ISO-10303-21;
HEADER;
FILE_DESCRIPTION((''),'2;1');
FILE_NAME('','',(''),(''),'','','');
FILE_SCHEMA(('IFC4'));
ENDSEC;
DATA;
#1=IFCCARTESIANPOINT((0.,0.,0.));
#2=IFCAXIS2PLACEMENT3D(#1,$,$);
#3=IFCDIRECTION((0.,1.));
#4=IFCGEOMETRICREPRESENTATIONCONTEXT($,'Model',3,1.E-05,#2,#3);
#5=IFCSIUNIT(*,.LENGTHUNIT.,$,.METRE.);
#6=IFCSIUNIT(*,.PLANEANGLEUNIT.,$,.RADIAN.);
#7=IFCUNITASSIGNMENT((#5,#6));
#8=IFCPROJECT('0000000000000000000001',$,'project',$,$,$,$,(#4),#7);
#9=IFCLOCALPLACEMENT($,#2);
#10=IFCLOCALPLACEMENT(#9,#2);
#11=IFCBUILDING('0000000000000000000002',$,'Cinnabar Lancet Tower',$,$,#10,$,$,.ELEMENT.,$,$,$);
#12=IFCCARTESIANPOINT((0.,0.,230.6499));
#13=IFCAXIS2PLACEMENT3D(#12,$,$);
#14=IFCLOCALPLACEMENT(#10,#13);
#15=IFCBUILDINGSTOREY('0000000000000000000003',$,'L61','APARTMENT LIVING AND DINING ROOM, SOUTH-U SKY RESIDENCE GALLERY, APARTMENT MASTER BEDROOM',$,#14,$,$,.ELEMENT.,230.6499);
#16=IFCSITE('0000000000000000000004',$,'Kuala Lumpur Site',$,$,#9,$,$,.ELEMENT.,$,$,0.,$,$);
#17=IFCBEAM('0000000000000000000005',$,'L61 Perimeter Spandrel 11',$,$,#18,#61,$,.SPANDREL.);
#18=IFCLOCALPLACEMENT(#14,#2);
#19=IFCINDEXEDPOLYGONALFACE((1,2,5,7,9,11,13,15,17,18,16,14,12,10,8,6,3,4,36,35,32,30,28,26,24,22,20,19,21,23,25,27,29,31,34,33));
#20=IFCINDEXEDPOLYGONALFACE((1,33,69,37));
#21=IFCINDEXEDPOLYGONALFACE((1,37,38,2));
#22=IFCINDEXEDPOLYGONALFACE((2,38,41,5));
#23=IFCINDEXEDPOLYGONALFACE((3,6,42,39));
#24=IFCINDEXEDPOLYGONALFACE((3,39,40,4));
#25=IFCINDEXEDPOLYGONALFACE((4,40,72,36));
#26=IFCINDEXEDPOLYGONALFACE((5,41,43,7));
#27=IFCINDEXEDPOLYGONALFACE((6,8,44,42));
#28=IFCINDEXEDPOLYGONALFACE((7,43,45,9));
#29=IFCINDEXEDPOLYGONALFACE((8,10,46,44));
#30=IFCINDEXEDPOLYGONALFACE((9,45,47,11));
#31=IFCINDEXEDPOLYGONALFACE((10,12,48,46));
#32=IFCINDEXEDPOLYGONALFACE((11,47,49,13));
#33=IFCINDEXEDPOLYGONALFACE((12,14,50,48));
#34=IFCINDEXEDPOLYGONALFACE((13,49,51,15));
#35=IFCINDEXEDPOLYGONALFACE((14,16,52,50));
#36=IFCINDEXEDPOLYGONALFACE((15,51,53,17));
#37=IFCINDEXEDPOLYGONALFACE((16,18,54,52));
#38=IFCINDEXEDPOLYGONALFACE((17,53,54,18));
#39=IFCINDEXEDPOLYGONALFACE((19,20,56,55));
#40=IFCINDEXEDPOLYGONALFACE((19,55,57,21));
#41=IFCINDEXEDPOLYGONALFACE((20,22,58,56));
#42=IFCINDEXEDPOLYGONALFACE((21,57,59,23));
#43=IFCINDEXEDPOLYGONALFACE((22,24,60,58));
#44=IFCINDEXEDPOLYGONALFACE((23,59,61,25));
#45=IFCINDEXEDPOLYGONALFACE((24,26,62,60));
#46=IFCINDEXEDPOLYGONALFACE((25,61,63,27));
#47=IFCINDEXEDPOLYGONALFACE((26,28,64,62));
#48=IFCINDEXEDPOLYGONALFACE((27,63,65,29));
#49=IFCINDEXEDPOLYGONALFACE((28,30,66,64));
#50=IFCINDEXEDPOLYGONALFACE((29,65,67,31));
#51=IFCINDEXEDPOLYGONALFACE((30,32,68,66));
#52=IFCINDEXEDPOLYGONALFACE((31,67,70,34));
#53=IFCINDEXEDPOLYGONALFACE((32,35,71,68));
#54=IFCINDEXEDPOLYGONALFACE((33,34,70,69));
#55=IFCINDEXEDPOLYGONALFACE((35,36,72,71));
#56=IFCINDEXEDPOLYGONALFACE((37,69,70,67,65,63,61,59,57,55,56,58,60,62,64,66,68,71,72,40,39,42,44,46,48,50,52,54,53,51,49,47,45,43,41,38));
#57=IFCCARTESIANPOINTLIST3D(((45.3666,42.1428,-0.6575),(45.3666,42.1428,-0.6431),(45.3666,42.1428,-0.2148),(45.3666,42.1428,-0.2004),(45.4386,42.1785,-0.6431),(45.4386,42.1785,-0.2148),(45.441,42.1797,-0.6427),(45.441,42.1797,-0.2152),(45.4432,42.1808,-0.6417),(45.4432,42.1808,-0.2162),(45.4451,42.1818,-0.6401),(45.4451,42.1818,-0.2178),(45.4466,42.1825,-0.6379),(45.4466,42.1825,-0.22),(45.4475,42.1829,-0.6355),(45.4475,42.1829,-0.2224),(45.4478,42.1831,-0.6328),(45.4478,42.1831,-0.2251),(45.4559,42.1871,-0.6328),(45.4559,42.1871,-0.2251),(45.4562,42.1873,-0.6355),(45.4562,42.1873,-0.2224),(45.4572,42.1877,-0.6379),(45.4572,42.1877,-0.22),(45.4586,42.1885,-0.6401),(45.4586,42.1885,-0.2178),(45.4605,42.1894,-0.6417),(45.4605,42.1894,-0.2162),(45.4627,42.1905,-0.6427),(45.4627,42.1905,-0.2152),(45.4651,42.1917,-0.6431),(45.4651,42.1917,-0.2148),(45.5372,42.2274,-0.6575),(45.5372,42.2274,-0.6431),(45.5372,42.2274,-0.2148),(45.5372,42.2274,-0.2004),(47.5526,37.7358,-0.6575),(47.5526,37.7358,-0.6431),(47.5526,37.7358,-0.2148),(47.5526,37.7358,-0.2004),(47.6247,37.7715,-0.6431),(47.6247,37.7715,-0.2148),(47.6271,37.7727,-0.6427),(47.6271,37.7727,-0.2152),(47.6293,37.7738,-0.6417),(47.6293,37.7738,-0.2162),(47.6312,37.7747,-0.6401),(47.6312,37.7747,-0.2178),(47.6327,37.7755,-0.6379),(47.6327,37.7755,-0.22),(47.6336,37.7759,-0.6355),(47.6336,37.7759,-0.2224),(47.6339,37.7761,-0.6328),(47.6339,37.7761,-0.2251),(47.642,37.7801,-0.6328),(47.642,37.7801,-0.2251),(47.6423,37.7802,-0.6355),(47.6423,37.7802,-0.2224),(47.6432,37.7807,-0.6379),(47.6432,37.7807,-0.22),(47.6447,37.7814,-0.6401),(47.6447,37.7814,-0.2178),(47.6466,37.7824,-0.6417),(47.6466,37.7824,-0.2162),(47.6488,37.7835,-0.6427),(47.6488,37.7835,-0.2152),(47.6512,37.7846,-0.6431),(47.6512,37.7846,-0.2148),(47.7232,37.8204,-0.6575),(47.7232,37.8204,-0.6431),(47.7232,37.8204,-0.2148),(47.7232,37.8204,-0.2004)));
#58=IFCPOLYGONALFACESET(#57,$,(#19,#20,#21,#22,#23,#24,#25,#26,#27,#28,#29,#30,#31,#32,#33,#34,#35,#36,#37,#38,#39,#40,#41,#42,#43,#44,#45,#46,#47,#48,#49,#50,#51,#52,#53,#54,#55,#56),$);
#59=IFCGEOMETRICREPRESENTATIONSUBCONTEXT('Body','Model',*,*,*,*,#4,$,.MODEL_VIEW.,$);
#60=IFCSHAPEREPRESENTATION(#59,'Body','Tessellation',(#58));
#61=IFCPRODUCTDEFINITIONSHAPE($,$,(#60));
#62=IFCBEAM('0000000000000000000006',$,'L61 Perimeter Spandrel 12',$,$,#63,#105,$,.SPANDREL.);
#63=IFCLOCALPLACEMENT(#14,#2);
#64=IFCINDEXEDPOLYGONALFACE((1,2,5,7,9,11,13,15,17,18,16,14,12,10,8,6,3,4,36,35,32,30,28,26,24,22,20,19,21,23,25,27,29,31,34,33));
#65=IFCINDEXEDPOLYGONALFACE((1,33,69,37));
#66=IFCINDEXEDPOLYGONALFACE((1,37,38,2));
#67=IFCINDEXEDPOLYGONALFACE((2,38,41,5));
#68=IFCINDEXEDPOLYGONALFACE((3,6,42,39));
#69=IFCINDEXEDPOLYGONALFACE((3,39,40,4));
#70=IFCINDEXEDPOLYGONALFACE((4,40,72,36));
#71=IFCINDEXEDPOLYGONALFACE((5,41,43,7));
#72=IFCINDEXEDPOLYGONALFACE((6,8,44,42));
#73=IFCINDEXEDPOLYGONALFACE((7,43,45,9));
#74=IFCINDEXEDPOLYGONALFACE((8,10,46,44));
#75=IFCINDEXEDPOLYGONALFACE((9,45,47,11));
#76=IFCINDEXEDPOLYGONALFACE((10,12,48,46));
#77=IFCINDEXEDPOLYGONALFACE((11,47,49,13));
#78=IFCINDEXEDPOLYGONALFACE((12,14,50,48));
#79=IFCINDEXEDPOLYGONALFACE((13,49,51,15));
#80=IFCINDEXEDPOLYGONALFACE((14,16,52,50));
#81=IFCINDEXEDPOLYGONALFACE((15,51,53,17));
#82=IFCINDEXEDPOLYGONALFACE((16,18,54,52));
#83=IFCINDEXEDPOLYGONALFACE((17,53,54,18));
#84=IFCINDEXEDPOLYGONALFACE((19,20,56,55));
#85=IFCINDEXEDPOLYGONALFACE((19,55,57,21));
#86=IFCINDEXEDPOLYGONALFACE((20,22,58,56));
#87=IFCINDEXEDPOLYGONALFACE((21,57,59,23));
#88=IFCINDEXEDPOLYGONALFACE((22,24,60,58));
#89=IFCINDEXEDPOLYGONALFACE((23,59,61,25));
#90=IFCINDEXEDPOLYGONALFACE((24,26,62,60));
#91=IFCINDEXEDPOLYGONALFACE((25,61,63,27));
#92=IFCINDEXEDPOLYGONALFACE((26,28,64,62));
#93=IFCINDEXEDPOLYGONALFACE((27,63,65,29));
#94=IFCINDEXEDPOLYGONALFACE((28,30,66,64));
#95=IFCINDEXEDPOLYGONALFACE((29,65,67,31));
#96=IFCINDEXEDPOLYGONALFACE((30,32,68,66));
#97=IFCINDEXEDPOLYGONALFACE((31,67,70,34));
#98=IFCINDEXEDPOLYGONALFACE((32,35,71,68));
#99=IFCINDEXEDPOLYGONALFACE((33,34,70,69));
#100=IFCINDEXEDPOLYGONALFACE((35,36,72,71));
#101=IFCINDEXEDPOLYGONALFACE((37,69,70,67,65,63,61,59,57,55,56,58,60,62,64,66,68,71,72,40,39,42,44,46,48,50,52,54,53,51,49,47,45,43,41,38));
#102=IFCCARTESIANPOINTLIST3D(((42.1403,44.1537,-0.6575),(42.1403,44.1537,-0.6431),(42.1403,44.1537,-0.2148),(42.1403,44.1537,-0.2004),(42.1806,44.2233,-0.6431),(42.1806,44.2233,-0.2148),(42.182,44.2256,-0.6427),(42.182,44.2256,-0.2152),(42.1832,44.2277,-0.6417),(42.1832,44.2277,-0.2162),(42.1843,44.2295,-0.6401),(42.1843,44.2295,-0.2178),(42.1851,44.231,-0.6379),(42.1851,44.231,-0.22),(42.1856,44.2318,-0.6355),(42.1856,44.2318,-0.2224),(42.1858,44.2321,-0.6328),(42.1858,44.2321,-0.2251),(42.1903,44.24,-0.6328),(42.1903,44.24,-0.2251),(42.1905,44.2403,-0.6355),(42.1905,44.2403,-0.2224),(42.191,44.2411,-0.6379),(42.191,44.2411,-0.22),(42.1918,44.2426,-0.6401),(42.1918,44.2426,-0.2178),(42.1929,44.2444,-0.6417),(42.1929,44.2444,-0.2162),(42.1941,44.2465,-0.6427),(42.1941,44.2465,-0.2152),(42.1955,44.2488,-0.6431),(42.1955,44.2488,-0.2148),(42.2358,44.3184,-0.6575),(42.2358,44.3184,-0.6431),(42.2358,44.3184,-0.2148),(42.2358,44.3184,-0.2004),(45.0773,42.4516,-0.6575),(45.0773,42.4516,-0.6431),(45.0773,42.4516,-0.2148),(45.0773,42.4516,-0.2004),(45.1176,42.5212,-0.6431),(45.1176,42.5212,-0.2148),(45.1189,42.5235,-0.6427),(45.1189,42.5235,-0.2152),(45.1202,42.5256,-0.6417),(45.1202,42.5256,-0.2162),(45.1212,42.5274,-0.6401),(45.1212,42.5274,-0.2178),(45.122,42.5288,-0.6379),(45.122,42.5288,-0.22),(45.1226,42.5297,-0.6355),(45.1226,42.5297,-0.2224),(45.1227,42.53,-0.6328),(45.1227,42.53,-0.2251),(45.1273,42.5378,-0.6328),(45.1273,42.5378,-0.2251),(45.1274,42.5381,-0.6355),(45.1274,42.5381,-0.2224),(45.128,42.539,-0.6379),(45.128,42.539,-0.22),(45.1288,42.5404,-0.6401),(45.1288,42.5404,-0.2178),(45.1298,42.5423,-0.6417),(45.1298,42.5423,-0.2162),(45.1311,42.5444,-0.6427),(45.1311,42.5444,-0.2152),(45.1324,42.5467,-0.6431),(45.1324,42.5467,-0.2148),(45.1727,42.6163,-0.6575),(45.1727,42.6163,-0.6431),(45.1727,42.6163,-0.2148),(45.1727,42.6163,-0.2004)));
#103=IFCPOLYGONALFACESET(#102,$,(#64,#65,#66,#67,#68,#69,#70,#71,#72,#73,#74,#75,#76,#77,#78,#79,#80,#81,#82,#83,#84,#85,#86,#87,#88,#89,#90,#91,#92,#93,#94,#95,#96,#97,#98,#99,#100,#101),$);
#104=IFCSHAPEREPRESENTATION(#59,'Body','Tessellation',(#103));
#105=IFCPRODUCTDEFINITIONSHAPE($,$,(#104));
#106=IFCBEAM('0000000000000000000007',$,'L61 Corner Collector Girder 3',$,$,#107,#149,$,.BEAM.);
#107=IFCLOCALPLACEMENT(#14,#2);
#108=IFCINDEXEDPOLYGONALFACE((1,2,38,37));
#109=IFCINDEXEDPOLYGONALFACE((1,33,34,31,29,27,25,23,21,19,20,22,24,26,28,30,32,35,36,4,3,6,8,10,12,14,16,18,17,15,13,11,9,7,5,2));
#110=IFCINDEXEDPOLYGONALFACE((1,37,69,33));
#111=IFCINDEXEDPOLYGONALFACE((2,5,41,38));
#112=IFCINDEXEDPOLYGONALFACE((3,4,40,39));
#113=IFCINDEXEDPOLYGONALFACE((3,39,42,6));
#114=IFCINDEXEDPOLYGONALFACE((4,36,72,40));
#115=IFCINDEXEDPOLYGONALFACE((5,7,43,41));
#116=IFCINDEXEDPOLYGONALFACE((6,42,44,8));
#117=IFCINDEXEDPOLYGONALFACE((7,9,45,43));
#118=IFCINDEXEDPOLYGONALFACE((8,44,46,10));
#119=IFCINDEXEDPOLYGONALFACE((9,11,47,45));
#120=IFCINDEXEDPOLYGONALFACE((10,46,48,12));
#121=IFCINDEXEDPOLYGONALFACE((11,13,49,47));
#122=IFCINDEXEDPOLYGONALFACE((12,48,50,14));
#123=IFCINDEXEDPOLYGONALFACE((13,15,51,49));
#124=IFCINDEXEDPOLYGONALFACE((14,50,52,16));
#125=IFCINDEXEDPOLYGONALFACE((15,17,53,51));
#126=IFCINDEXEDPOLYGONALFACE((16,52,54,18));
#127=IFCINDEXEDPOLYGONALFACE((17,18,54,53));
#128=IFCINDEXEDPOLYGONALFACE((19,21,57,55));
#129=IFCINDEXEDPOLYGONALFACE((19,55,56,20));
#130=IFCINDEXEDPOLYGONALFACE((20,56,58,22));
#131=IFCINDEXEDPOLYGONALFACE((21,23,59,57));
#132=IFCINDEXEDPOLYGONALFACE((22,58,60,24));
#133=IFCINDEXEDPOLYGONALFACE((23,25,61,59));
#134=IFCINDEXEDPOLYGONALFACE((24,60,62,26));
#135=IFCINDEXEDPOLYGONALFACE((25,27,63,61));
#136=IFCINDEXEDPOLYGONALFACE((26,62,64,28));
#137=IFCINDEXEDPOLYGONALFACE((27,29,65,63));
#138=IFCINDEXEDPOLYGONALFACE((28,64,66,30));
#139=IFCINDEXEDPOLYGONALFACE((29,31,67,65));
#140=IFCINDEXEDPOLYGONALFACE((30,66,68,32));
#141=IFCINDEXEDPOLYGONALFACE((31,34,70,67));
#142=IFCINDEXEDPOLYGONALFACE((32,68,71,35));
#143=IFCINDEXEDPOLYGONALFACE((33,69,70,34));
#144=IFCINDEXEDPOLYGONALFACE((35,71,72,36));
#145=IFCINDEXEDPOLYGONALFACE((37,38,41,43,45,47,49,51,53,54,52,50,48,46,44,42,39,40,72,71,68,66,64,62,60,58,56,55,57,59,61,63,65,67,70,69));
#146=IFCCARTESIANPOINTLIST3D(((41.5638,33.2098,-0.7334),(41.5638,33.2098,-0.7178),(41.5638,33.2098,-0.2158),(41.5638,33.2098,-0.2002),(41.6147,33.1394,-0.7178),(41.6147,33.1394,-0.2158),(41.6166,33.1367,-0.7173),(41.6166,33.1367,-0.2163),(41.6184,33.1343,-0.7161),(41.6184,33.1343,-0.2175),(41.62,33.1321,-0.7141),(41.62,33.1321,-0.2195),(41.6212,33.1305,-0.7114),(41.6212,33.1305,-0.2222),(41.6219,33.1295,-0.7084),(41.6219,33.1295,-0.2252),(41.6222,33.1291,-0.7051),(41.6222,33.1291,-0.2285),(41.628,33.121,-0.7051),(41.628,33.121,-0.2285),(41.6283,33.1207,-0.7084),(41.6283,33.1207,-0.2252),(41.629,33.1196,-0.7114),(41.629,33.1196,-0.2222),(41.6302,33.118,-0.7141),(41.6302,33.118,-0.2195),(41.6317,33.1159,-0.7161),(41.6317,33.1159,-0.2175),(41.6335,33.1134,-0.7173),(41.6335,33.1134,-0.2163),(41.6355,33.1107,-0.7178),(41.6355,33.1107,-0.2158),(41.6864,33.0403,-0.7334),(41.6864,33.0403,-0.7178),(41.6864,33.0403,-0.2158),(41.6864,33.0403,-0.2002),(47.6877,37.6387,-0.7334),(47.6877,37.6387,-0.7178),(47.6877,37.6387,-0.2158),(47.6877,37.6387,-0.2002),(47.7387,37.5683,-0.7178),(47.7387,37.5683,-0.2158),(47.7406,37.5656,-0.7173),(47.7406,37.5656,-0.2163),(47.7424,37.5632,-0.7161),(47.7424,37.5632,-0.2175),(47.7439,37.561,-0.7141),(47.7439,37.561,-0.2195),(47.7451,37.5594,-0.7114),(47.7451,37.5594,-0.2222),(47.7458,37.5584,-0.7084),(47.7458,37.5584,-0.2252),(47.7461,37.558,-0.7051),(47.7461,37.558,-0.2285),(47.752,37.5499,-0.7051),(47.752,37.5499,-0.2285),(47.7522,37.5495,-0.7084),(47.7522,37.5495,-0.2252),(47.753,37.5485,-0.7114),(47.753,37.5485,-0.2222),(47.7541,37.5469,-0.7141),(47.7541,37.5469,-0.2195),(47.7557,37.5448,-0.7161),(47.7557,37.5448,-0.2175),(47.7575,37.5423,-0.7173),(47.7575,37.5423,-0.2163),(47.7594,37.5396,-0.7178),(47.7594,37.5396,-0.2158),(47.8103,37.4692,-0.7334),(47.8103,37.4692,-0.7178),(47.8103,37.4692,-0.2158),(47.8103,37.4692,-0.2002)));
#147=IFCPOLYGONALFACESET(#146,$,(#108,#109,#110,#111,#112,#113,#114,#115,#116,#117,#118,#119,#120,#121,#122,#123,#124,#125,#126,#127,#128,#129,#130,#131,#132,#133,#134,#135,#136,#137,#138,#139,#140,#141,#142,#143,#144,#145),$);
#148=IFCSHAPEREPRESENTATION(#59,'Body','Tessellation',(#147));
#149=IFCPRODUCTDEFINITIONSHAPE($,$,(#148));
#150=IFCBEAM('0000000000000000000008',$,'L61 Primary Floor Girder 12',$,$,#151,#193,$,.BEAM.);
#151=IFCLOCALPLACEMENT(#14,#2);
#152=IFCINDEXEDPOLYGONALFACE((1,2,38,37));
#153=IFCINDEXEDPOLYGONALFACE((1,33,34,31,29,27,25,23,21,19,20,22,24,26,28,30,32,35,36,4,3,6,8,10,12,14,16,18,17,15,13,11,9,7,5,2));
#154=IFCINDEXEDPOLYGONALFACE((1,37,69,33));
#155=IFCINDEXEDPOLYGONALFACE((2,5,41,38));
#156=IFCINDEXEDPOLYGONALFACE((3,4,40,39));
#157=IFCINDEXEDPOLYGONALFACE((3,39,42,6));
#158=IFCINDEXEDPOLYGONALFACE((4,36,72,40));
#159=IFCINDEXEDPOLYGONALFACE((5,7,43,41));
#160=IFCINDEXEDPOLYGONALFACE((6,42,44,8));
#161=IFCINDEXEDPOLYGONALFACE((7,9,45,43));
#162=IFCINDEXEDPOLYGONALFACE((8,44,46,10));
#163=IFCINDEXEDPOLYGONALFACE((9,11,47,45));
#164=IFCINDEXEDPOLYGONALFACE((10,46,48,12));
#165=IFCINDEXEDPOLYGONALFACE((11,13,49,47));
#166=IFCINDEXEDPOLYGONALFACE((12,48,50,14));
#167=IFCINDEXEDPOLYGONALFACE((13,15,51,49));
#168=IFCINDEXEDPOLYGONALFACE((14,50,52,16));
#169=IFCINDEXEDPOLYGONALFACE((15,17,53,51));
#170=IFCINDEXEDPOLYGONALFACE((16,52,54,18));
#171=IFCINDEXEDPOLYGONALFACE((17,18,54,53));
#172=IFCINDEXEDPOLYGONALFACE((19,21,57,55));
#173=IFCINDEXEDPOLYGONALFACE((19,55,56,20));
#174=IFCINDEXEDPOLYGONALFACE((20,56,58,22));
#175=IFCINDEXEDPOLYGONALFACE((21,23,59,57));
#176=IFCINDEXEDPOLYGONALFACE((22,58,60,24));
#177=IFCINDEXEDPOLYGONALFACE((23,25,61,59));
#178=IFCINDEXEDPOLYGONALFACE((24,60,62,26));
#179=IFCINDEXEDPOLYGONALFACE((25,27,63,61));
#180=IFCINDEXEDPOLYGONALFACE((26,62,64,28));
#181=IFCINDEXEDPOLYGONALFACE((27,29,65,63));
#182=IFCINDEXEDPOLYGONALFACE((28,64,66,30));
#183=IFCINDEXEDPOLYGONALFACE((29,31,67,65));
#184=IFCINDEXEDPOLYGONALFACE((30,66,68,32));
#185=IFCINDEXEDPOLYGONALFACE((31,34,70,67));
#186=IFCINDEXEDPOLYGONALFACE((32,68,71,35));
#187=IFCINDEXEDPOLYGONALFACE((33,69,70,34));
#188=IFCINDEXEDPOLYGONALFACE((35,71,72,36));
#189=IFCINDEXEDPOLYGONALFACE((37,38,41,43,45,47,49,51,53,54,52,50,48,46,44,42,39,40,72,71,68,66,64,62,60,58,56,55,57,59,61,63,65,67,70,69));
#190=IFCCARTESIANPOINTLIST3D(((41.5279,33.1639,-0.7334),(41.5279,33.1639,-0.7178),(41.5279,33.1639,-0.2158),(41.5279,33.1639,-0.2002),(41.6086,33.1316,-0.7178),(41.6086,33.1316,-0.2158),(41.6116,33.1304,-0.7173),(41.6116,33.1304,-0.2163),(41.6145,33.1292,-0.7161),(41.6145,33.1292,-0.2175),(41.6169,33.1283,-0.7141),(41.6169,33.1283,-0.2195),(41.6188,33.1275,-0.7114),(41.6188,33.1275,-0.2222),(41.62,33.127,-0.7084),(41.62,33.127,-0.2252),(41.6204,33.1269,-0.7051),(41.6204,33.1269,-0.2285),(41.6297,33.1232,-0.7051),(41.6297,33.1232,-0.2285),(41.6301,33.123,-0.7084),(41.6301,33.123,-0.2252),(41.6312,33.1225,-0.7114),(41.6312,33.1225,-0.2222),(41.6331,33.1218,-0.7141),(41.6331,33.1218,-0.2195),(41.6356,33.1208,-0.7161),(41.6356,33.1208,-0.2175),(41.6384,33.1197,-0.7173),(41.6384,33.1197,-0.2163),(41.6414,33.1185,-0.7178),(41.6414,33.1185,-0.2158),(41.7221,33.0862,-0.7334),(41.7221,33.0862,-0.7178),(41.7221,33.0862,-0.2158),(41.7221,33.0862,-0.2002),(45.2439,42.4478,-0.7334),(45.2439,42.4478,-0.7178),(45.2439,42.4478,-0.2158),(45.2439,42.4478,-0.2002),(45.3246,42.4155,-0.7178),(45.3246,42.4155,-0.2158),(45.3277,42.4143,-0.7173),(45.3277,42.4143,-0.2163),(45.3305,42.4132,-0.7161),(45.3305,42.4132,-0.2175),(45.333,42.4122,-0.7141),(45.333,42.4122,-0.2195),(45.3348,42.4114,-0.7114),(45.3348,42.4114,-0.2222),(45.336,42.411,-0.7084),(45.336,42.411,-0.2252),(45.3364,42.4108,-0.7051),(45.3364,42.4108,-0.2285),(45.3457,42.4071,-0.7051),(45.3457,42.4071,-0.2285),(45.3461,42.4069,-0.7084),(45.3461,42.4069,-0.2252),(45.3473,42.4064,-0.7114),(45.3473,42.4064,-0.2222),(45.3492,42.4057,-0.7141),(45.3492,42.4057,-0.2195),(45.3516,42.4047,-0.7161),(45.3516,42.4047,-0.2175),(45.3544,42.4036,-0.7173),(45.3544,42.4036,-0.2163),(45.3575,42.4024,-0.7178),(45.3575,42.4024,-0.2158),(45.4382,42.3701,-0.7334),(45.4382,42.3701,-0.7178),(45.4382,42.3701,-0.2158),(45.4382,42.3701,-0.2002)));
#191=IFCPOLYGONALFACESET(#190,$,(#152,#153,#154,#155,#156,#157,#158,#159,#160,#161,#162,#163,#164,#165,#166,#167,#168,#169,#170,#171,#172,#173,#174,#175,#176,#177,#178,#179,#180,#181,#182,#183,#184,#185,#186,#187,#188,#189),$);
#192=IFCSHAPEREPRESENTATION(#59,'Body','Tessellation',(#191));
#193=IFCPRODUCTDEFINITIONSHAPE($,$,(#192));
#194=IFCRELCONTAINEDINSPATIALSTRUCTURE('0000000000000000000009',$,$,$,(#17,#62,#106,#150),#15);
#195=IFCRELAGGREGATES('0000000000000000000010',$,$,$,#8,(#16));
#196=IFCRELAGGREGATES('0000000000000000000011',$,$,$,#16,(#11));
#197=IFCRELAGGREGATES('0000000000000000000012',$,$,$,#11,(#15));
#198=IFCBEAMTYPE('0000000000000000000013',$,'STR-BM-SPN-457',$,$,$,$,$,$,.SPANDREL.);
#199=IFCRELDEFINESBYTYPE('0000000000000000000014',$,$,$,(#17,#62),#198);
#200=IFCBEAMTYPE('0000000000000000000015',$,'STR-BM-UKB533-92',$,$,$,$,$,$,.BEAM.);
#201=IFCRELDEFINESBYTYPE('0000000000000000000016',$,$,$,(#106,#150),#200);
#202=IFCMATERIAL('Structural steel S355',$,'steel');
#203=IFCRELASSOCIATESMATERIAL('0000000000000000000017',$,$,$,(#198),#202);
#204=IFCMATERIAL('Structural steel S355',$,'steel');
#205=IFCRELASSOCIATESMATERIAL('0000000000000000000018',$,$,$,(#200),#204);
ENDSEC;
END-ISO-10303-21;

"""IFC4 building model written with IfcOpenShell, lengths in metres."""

from ifc_helpers import new_model, si_unit, direction, frame, origin, origin_2d, place, context, subcontext, project, spatial, i_section, extrude, material, material_profile, profile_set, type_object, element, save


model = new_model("IFC4")

# Units and contexts
model_context = context("Model", 3, precision=1e-05, world=origin(), true_north=direction((0.0, 1.0)))
body_context = subcontext(model_context, "Body", "Model", "MODEL_VIEW")
ifc_project = project(units=[si_unit("LENGTHUNIT", "METRE"), si_unit("PLANEANGLEUNIT", "RADIAN")], contexts=[model_context])

# Site, building, storey
site_placement = place(None, origin())
site = spatial("IfcSite", under=ifc_project, at=site_placement, Name="Kuala Lumpur Site", CompositionType="ELEMENT", RefElevation=0.0)
building_placement = place(site_placement, origin())
building = spatial("IfcBuilding", under=site, at=building_placement, Name="Cinnabar Lancet Tower", CompositionType="ELEMENT")
storey_placement = place(building_placement, frame((0.0, 0.0, 230.6499)))
storey = spatial("IfcBuildingStorey", under=building, at=storey_placement, Name="L61", Description="APARTMENT LIVING AND DINING ROOM, SOUTH-U SKY RESIDENCE GALLERY, APARTMENT MASTER BEDROOM", CompositionType="ELEMENT", Elevation=230.6499)

# Beams
ifc_material_1 = material(Name="Structural steel S355", Category="steel")
ifc_material_profile_1 = material_profile(ifc_material_1, i_section(OverallWidth=0.1904, OverallDepth=0.457, WebThickness=0.009, FlangeThickness=0.0144, FilletRadius=0.0103, at=origin_2d()), Name="UKB 457x191x74")
ifc_profile_set_1 = profile_set([ifc_material_profile_1], Name="Structural steel S355")
beam_type_1 = type_object("IfcBeamType", Name="STR-BM-SPN-457", PredefinedType="SPANDREL", material=ifc_profile_set_1)
beam_1_placement = place(storey_placement, frame((47.6379, 37.7781, -0.429), z_axis=(-0.444373, 0.895842, 0.0), x_axis=(-0.895842, -0.444373, 0.0)))
element("IfcBeam", 1, at=beam_1_placement, inside=storey, type_object=beam_type_1, Name="L61 Perimeter Spandrel 11", PredefinedType="SPANDREL", context=body_context, shape_type="SweptSolid", body=[
    extrude(i_section(OverallWidth=0.1904, OverallDepth=0.457, WebThickness=0.009, FlangeThickness=0.0144, FilletRadius=0.0103, at=origin_2d()), origin(), (0.0, 0.0, 1.0), 4.9194),
])
beam_2_placement = place(storey_placement, frame((45.125, 42.5339, -0.429), z_axis=(-0.8652, 0.501427, 0.0), x_axis=(-0.501427, -0.8652, 0.0)))
element("IfcBeam", 2, at=beam_2_placement, inside=storey, type_object=beam_type_1, Name="L61 Perimeter Spandrel 12", PredefinedType="SPANDREL", context=body_context, shape_type="SweptSolid", body=[
    extrude(i_section(OverallWidth=0.1904, OverallDepth=0.457, WebThickness=0.009, FlangeThickness=0.0144, FilletRadius=0.0103, at=origin_2d()), origin(), (0.0, 0.0, 1.0), 3.3945),
])
ifc_material_2 = material(Name="Structural steel S355", Category="steel")
ifc_material_profile_2 = material_profile(ifc_material_2, i_section(OverallWidth=0.2092, OverallDepth=0.5332, WebThickness=0.01, FlangeThickness=0.0156, FilletRadius=0.0127, at=origin_2d()), Name="UKB 533x210x92")
ifc_profile_set_2 = profile_set([ifc_material_profile_2], Name="Structural steel S355")
beam_type_2 = type_object("IfcBeamType", Name="STR-BM-UKB533-92", PredefinedType="BEAM", material=ifc_profile_set_2)
beam_3_placement = place(storey_placement, frame((47.749, 37.554, -0.4668), z_axis=(-0.810299, -0.586016, 0.0), x_axis=(0.586016, -0.810299, 0.0)))
element("IfcBeam", 3, at=beam_3_placement, inside=storey, type_object=beam_type_2, Name="L61 Corner Collector Girder 3", PredefinedType="BEAM", context=body_context, shape_type="SweptSolid", body=[
    extrude(i_section(OverallWidth=0.2092, OverallDepth=0.5332, WebThickness=0.01, FlangeThickness=0.0156, FilletRadius=0.0127, at=origin_2d()), origin(), (0.0, 0.0, 1.0), 7.5576),
])
beam_4_placement = place(storey_placement, frame((45.3411, 42.4089, -0.4668), z_axis=(-0.371605, -0.928391, 0.0), x_axis=(0.928391, -0.371605, 0.0)))
element("IfcBeam", 4, at=beam_4_placement, inside=storey, type_object=beam_type_2, Name="L61 Primary Floor Girder 12", PredefinedType="BEAM", context=body_context, shape_type="SweptSolid", body=[
    extrude(i_section(OverallWidth=0.2092, OverallDepth=0.5332, WebThickness=0.01, FlangeThickness=0.0156, FilletRadius=0.0127, at=origin_2d()), origin(), (0.0, 0.0, 1.0), 10.0),
])

save(model, "model.ifc")
